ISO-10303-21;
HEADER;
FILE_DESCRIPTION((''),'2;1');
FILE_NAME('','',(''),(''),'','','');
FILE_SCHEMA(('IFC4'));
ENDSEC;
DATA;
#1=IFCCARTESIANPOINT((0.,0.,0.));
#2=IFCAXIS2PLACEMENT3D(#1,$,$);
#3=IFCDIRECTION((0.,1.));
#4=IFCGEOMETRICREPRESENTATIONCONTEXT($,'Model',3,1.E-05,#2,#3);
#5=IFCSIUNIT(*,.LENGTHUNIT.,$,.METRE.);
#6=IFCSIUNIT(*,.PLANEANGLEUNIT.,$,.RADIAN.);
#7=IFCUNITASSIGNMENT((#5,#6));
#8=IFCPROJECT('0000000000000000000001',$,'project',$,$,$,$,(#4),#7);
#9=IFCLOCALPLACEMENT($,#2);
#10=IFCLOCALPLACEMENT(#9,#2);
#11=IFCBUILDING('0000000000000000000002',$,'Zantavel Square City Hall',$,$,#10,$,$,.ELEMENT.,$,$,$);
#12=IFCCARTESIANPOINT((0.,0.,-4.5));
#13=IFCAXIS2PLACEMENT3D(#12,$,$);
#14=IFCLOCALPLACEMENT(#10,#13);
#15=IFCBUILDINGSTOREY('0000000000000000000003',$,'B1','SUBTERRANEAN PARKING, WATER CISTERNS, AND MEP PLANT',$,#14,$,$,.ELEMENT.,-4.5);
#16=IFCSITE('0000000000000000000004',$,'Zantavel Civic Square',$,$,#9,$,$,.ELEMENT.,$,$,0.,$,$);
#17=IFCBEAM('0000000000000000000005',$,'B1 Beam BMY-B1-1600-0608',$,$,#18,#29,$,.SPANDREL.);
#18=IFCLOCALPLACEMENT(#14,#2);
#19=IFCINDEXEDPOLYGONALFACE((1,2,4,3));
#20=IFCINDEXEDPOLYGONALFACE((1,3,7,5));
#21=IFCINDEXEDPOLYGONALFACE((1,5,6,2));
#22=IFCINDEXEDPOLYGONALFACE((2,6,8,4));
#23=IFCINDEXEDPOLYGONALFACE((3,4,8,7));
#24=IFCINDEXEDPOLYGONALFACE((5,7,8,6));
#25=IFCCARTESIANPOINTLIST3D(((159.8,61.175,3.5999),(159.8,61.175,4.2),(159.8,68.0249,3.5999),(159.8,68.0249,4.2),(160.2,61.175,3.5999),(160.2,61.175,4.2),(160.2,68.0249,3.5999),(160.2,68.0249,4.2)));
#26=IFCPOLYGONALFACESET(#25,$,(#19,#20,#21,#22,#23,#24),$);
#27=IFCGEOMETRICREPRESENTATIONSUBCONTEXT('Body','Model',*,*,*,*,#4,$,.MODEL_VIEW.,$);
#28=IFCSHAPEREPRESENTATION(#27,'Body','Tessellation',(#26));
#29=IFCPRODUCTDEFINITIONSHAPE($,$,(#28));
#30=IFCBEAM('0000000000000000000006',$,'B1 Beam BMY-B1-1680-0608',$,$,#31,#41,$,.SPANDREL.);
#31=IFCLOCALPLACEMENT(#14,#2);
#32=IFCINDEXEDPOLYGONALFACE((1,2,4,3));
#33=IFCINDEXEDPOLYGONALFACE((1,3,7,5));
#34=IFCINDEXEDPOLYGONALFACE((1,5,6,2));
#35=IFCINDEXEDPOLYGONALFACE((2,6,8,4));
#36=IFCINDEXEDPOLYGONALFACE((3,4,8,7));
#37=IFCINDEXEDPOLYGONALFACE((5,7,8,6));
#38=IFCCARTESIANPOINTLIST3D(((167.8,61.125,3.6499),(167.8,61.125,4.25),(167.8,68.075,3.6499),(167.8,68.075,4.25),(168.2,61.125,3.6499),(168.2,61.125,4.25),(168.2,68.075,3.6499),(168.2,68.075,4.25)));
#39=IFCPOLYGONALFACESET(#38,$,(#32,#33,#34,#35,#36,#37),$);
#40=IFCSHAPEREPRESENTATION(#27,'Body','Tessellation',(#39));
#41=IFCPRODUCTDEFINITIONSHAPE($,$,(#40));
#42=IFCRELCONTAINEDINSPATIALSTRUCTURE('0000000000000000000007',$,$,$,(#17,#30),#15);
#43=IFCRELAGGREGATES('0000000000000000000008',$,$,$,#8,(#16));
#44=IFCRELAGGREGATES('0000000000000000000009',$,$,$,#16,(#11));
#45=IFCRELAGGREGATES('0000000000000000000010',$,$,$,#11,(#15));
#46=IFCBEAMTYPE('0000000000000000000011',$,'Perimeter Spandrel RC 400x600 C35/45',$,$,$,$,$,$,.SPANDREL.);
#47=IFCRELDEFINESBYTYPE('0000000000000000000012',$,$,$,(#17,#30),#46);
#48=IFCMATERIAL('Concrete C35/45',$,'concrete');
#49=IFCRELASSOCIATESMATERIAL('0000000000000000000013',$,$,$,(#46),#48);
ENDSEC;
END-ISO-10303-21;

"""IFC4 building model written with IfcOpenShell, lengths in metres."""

from ifc_helpers import new_model, si_unit, direction, frame, origin, origin_2d, place, context, subcontext, project, spatial, rectangle, extrude, material, material_profile, profile_set, type_object, element, save


model = new_model("IFC4")

# Units and contexts
model_context = context("Model", 3, precision=1e-05, world=origin(), true_north=direction((0.0, 1.0)))
body_context = subcontext(model_context, "Body", "Model", "MODEL_VIEW")
ifc_project = project(units=[si_unit("LENGTHUNIT", "METRE"), si_unit("PLANEANGLEUNIT", "RADIAN")], contexts=[model_context])

# Site, building, storey
site_placement = place(None, origin())
site = spatial("IfcSite", under=ifc_project, at=site_placement, Name="Zantavel Civic Square", CompositionType="ELEMENT", RefElevation=0.0)
building_placement = place(site_placement, origin())
building = spatial("IfcBuilding", under=site, at=building_placement, Name="Zantavel Square City Hall", CompositionType="ELEMENT")
storey_placement = place(building_placement, frame((0.0, 0.0, -4.5)))
storey = spatial("IfcBuildingStorey", under=building, at=storey_placement, Name="B1", Description="SUBTERRANEAN PARKING, WATER CISTERNS, AND MEP PLANT", CompositionType="ELEMENT", Elevation=-4.5)

# Shared definitions
ifc_material_1 = material(Name="Concrete C35/45", Category="concrete")

# Beams
ifc_material_profile_1 = material_profile(ifc_material_1, rectangle(XDim=0.3999, YDim=0.6001, at=origin_2d()), Name="RC 400x600")
ifc_profile_set_1 = profile_set([ifc_material_profile_1], Name="Concrete C35/45")
beam_type_1 = type_object("IfcBeamType", Name="Perimeter Spandrel RC 400x600 C35/45", PredefinedType="SPANDREL", material=ifc_profile_set_1)
beam_1_placement = place(storey_placement, frame((160.0, 61.175, 3.8999), z_axis=(0.0, 1.0, 0.0), x_axis=(-1.0, 0.0, 0.0)))
element("IfcBeam", 1, at=beam_1_placement, inside=storey, type_object=beam_type_1, Name="B1 Beam BMY-B1-1600-0608", PredefinedType="SPANDREL", context=body_context, shape_type="SweptSolid", body=[
    extrude(rectangle(XDim=0.3999, YDim=0.6001, at=origin_2d()), origin(), (0.0, 0.0, 1.0), 6.8499),
])
beam_2_placement = place(storey_placement, frame((168.0, 61.125, 3.95), z_axis=(0.0, 1.0, 0.0), x_axis=(-1.0, 0.0, 0.0)))
element("IfcBeam", 2, at=beam_2_placement, inside=storey, type_object=beam_type_1, Name="B1 Beam BMY-B1-1680-0608", PredefinedType="SPANDREL", context=body_context, shape_type="SweptSolid", body=[
    extrude(rectangle(XDim=0.3999, YDim=0.6001, at=origin_2d()), origin(), (0.0, 0.0, 1.0), 6.95),
])

save(model, "model.ifc")
